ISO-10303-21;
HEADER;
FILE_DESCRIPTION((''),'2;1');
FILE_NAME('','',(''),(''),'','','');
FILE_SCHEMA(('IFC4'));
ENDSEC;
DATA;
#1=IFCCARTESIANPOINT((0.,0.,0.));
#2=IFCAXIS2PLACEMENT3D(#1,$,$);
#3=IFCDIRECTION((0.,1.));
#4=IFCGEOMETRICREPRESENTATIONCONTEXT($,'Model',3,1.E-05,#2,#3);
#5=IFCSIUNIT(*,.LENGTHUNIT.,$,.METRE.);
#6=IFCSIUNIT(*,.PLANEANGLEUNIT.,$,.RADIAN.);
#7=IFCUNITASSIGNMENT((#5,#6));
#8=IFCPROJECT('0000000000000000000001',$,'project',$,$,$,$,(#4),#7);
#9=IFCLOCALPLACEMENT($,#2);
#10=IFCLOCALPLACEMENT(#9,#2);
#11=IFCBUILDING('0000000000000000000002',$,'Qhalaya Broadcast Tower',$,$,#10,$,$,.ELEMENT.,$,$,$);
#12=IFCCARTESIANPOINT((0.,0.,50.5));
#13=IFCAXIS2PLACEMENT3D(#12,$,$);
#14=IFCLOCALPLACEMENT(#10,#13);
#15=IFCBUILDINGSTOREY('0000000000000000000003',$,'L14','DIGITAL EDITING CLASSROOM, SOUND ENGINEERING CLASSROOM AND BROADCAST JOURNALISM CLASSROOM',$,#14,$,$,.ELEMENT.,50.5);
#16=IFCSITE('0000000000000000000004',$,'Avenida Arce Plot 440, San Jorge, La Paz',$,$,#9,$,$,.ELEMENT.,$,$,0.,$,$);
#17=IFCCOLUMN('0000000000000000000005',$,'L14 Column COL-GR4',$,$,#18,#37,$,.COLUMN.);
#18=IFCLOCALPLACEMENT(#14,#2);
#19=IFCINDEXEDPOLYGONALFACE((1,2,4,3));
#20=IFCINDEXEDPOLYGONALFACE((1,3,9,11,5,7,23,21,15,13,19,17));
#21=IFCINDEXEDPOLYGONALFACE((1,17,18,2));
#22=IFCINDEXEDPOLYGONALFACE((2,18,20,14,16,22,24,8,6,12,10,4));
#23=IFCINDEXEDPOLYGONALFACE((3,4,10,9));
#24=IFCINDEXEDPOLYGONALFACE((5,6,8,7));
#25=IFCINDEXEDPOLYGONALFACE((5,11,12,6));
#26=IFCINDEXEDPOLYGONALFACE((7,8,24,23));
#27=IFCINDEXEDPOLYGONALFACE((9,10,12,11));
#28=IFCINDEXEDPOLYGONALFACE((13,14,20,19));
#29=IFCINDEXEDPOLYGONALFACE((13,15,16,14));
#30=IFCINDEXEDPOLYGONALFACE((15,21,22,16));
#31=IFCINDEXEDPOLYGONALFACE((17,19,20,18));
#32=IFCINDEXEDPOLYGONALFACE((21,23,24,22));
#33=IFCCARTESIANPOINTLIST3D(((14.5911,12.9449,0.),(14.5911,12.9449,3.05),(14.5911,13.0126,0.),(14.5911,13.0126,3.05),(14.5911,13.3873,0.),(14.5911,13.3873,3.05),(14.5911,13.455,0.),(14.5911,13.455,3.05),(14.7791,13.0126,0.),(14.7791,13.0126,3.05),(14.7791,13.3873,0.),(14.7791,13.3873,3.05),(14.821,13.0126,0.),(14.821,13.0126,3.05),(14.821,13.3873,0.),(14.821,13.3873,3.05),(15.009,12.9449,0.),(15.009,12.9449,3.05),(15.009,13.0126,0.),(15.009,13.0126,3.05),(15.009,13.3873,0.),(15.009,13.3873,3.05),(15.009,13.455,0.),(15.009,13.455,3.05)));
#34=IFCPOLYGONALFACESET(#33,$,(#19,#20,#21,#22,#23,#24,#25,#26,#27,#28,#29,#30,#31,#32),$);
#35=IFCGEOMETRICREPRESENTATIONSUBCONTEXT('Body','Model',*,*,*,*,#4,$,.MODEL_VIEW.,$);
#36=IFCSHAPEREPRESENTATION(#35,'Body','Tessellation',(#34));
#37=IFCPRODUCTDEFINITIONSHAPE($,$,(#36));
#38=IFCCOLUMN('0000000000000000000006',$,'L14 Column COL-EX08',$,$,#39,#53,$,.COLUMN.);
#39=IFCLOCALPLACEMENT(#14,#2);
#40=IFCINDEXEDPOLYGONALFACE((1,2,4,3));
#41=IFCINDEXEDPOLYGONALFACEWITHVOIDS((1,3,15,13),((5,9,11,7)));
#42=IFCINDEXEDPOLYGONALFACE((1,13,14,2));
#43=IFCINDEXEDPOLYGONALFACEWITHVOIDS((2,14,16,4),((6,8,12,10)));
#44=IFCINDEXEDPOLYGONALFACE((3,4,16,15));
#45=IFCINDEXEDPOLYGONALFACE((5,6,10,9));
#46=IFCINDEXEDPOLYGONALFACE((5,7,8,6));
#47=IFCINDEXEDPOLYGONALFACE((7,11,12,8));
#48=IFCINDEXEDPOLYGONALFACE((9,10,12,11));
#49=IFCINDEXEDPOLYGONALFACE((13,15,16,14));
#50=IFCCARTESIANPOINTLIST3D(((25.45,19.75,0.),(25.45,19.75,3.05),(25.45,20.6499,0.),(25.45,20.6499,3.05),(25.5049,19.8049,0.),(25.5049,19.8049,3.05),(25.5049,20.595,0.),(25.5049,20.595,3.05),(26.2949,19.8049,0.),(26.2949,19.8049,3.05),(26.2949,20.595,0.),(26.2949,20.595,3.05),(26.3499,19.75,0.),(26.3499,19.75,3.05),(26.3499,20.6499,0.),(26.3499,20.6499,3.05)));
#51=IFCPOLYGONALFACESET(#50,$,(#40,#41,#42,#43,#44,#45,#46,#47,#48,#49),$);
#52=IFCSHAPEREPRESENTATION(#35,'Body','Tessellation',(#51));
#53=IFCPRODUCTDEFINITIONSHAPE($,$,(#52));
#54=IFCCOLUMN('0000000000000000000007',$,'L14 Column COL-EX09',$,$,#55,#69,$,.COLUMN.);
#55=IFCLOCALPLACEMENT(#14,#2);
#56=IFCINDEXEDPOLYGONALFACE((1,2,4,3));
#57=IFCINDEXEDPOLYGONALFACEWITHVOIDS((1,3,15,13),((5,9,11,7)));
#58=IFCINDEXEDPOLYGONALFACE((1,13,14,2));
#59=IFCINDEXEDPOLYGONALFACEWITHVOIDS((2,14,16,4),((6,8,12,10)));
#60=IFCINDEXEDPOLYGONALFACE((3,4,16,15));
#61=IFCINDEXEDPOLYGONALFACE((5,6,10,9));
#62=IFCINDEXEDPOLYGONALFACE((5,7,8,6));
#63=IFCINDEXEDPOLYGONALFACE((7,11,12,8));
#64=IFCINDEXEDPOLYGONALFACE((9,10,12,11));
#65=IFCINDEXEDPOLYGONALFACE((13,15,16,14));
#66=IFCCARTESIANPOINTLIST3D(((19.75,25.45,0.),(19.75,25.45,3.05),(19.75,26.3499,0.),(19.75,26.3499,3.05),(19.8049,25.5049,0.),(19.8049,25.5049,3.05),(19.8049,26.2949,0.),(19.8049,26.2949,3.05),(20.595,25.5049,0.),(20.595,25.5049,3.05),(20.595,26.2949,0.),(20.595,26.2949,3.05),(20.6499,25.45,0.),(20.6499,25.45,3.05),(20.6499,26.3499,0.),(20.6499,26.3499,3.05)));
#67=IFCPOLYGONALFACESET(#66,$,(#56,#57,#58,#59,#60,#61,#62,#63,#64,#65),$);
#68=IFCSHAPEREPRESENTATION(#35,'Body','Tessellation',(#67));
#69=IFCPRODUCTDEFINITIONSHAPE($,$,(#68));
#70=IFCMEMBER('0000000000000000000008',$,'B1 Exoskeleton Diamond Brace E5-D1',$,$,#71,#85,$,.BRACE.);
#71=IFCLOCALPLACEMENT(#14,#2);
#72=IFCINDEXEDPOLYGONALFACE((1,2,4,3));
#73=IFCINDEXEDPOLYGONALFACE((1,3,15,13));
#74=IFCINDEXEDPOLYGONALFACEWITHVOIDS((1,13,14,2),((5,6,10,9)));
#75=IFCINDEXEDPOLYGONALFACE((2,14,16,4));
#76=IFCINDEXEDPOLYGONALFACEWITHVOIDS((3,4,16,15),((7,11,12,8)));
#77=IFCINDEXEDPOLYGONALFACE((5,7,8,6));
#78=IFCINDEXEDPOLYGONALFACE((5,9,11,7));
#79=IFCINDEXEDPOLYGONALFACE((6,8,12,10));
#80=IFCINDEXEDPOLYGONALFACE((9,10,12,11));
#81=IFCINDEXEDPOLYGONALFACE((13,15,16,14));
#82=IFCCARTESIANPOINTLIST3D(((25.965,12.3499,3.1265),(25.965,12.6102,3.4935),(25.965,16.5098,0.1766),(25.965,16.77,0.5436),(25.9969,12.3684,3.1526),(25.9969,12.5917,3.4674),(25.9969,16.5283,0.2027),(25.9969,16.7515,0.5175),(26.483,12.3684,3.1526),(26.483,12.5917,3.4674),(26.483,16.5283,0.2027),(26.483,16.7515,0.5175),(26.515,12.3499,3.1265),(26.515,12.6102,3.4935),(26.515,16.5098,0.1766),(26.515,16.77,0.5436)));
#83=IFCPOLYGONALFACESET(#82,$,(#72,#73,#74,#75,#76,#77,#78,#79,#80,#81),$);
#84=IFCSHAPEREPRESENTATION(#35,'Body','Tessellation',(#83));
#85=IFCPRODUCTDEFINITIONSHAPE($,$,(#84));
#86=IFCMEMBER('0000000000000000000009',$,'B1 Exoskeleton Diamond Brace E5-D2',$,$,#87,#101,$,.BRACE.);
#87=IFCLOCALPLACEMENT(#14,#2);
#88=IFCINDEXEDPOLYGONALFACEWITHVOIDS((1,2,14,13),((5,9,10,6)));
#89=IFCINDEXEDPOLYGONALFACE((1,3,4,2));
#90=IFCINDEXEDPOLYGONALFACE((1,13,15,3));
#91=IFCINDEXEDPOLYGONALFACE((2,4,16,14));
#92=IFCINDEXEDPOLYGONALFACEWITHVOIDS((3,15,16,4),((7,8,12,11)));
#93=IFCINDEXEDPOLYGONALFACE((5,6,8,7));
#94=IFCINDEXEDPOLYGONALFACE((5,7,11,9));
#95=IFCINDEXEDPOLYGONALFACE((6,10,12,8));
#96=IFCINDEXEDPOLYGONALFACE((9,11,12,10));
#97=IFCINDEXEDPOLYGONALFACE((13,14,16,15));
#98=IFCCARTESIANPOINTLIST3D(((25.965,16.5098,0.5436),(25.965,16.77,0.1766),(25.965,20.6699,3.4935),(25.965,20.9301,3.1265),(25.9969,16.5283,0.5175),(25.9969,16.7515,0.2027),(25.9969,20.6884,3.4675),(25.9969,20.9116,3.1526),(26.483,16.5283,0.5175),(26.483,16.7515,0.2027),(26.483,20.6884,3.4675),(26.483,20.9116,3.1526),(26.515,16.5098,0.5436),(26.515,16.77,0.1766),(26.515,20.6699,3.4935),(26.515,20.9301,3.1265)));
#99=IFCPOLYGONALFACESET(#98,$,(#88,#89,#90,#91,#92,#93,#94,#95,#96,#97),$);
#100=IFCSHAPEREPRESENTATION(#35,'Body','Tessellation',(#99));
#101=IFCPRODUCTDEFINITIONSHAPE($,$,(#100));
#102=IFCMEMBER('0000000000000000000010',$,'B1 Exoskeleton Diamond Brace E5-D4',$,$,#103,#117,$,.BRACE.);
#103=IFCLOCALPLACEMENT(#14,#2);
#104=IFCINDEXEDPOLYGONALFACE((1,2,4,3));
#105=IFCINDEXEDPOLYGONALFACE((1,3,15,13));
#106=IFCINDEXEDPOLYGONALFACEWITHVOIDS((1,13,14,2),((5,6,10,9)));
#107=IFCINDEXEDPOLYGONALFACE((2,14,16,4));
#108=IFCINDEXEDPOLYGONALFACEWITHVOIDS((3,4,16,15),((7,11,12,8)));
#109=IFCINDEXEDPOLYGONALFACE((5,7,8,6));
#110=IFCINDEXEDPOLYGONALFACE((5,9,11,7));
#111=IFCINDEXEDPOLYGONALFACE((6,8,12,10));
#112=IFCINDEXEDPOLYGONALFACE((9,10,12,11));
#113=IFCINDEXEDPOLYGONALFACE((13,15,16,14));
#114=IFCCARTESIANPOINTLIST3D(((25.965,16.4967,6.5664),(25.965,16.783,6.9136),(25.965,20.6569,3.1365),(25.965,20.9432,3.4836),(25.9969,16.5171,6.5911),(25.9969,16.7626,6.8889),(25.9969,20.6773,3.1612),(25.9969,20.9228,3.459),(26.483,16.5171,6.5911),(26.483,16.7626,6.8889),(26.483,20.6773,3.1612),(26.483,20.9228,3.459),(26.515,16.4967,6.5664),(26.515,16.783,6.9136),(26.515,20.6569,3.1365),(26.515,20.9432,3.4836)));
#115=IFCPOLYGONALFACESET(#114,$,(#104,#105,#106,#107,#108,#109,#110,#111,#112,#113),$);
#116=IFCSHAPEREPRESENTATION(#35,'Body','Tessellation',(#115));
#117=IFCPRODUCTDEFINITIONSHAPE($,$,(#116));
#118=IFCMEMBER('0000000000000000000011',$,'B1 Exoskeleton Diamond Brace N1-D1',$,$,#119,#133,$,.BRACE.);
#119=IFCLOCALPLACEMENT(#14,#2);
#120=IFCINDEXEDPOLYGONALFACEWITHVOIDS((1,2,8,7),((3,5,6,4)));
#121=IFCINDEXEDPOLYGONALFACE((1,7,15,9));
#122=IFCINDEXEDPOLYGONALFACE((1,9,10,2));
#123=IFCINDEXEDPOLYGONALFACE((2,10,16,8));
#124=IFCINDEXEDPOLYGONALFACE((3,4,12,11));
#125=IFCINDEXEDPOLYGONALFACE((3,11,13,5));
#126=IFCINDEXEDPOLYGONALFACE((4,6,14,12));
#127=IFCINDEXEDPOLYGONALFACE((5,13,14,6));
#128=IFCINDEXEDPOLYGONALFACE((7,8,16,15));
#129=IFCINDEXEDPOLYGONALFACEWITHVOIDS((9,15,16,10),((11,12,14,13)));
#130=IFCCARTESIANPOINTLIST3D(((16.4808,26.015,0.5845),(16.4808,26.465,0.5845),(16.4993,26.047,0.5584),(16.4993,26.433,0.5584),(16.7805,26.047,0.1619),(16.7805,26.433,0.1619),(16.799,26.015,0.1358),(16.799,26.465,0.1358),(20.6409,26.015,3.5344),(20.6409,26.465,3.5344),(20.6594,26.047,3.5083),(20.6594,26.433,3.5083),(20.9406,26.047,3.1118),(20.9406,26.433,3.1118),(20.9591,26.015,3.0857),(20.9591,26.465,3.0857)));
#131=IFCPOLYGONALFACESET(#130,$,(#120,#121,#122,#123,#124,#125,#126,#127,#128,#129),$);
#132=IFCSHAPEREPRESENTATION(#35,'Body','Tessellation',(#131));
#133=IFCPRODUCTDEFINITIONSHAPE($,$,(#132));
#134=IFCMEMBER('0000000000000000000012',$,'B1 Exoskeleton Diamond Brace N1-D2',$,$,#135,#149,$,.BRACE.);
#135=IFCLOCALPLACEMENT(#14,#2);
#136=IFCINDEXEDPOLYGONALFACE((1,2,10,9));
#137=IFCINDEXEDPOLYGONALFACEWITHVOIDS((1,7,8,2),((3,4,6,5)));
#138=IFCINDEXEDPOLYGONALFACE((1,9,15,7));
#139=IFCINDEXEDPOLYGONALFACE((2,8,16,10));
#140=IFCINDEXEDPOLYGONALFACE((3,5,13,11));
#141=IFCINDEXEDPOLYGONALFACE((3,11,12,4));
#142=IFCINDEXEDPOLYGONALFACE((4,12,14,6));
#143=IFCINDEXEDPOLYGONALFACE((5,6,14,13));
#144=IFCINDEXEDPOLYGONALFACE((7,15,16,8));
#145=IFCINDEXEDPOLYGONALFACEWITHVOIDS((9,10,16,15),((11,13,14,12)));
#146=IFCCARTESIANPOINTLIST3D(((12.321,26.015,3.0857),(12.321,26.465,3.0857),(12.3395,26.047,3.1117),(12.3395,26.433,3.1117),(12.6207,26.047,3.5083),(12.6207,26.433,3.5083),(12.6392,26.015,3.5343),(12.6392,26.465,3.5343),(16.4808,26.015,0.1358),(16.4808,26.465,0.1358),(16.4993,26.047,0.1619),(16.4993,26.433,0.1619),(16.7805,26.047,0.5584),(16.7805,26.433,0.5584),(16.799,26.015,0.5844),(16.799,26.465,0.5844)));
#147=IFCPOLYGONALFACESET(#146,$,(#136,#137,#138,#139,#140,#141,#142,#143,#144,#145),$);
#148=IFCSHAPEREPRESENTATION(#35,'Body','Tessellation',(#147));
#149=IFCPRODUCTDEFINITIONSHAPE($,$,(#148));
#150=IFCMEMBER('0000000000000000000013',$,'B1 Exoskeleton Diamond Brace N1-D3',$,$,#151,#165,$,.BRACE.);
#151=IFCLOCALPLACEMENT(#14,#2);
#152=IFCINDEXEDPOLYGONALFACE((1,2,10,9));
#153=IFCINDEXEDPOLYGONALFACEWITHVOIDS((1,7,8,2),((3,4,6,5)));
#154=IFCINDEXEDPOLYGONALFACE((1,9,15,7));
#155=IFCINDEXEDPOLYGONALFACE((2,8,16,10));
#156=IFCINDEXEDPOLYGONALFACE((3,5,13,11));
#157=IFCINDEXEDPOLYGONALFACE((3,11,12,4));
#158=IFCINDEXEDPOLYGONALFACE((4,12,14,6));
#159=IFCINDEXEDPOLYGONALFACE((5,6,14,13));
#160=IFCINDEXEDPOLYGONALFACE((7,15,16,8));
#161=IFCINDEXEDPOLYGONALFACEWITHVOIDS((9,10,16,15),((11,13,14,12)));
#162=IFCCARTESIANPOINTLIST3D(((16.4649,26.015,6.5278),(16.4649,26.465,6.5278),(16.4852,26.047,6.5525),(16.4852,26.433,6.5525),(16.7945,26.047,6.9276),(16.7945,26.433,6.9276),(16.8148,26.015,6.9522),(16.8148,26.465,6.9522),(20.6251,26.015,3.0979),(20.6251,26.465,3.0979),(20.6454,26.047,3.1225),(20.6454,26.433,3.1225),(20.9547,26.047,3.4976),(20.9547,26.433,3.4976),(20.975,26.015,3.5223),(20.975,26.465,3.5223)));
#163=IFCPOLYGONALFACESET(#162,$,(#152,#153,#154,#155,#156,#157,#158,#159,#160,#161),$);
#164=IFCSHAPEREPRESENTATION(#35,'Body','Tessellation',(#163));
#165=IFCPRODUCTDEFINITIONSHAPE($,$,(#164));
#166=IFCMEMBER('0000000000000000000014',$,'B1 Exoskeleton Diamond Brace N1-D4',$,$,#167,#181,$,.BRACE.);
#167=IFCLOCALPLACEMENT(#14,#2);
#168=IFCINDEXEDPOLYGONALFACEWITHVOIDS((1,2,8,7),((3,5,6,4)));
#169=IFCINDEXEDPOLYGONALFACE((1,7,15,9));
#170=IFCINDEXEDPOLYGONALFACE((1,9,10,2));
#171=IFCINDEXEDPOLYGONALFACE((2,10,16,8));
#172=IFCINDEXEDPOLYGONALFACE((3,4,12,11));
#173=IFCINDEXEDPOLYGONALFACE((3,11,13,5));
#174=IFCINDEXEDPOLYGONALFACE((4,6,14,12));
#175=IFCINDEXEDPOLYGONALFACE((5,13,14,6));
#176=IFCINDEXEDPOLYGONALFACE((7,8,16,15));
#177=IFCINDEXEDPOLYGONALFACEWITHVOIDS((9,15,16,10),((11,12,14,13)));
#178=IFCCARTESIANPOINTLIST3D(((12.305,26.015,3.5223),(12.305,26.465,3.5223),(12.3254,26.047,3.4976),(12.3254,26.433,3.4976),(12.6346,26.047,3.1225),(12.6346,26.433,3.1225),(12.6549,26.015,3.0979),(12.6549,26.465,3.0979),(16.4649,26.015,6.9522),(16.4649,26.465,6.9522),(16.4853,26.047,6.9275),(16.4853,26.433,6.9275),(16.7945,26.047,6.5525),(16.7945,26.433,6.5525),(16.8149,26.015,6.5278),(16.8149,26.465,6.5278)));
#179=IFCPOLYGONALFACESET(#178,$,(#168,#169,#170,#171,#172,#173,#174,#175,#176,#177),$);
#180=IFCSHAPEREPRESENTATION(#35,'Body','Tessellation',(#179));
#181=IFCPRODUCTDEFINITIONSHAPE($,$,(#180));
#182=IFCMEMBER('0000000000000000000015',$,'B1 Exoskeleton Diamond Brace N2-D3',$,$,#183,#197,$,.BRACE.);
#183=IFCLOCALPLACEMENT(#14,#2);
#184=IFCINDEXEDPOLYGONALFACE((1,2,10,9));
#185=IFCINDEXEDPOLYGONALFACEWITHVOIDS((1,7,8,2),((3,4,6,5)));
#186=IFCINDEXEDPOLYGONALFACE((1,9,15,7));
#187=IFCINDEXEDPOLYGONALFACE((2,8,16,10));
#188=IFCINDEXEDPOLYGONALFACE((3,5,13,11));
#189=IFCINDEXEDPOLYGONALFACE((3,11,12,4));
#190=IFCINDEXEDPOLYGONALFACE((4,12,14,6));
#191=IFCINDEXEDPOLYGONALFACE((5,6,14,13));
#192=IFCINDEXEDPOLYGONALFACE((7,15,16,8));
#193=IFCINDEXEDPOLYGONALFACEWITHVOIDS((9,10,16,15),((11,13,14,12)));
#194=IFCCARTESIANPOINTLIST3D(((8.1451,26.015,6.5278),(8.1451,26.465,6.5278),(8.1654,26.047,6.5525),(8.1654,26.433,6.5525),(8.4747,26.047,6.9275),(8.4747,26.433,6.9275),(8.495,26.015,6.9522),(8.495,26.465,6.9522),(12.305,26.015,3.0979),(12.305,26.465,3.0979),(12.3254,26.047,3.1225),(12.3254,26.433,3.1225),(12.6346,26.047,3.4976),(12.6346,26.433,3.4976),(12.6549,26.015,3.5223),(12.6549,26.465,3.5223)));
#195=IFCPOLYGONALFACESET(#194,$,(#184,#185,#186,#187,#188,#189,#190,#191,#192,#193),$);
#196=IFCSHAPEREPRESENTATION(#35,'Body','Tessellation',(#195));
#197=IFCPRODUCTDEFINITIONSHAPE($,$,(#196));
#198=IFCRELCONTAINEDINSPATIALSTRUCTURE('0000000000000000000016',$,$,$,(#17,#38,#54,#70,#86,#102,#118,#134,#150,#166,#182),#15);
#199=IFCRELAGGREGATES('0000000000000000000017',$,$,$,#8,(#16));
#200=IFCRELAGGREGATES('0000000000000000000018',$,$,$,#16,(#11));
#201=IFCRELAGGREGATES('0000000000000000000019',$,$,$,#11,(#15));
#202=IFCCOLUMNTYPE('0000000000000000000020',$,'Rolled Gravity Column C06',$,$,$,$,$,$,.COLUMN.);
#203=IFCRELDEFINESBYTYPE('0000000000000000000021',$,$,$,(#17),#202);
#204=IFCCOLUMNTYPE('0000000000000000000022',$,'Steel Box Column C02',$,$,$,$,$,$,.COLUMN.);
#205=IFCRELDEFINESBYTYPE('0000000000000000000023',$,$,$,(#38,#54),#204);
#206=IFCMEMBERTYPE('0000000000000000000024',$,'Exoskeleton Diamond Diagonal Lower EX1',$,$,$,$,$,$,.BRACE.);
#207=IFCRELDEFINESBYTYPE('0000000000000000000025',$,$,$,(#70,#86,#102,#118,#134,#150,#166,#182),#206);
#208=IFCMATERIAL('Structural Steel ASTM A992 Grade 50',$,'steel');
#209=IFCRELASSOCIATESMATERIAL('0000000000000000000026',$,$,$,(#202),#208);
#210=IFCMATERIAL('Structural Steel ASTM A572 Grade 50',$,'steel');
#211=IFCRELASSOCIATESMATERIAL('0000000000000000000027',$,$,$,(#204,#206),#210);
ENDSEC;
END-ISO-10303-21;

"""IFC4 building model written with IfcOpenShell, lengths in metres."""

from ifc_helpers import new_model, si_unit, direction, frame, origin, origin_2d, place, context, subcontext, project, spatial, hollow_rectangle, i_section, extrude, material, material_profile, profile_set, type_object, element, save


model = new_model("IFC4")

# Units and contexts
model_context = context("Model", 3, precision=1e-05, world=origin(), true_north=direction((0.0, 1.0)))
body_context = subcontext(model_context, "Body", "Model", "MODEL_VIEW")
ifc_project = project(units=[si_unit("LENGTHUNIT", "METRE"), si_unit("PLANEANGLEUNIT", "RADIAN")], contexts=[model_context])

# Site, building, storey
site_placement = place(None, origin())
site = spatial("IfcSite", under=ifc_project, at=site_placement, Name="Avenida Arce Plot 440, San Jorge, La Paz", CompositionType="ELEMENT", RefElevation=0.0)
building_placement = place(site_placement, origin())
building = spatial("IfcBuilding", under=site, at=building_placement, Name="Qhalaya Broadcast Tower", CompositionType="ELEMENT")
storey_placement = place(building_placement, frame((0.0, 0.0, 50.5)))
storey = spatial("IfcBuildingStorey", under=building, at=storey_placement, Name="L14", Description="DIGITAL EDITING CLASSROOM, SOUND ENGINEERING CLASSROOM AND BROADCAST JOURNALISM CLASSROOM", CompositionType="ELEMENT", Elevation=50.5)

# Columns
ifc_material_1 = material(Name="Structural Steel ASTM A992 Grade 50", Category="steel")
ifc_material_profile_1 = material_profile(ifc_material_1, i_section(OverallWidth=0.418, OverallDepth=0.51, WebThickness=0.042, FlangeThickness=0.0676, at=origin_2d()), Name="W14X370")
ifc_profile_set_1 = profile_set([ifc_material_profile_1], Name="Structural Steel ASTM A992 Grade 50")
column_type_1 = type_object("IfcColumnType", Name="Rolled Gravity Column C06", PredefinedType="COLUMN", material=ifc_profile_set_1)
column_placement = place(storey_placement, frame((14.8, 13.2, 0.0), z_axis=(0.0, 0.0, 1.0), x_axis=(1.0, 0.0, 0.0)))
element("IfcColumn", 1, at=column_placement, inside=storey, type_object=column_type_1, Name="L14 Column COL-GR4", PredefinedType="COLUMN", context=body_context, shape_type="SweptSolid", body=[
    extrude(i_section(OverallWidth=0.418, OverallDepth=0.51, WebThickness=0.042, FlangeThickness=0.0676, at=origin_2d()), origin(), (0.0, 0.0, 1.0), 3.05),
])
ifc_material_2 = material(Name="Structural Steel ASTM A572 Grade 50", Category="steel")
ifc_material_profile_2 = material_profile(ifc_material_2, hollow_rectangle(XDim=0.8999, YDim=0.8999, WallThickness=0.0549, at=origin_2d()), Name="BOX 900x900x55")
ifc_profile_set_2 = profile_set([ifc_material_profile_2], Name="Structural Steel ASTM A572 Grade 50")
column_type_2 = type_object("IfcColumnType", Name="Steel Box Column C02", PredefinedType="COLUMN", material=ifc_profile_set_2)
for number, where, z_axis, x_axis, name in (
    (2, (25.8999, 20.2, 0.0), (0.0, 0.0, 1.0), (0.0, 1.0, 0.0), "L14 Column COL-EX08"),
    (3, (20.2, 25.8999, 0.0), (0.0, 0.0, 1.0), (1.0, 0.0, 0.0), "L14 Column COL-EX09"),
):
    element("IfcColumn", number, at=place(storey_placement, frame(where, z_axis=z_axis, x_axis=x_axis)), inside=storey, type_object=column_type_2, Name=name, PredefinedType="COLUMN", context=body_context, shape_type="SweptSolid", body=[
        extrude(hollow_rectangle(XDim=0.8999, YDim=0.8999, WallThickness=0.0549, at=origin_2d()), origin(), (0.0, 0.0, 1.0), 3.05),
    ])

# Members
ifc_material_profile_3 = material_profile(ifc_material_2, hollow_rectangle(XDim=0.45, YDim=0.55, WallThickness=0.032, at=origin_2d()), Name="BOX 450x550x32")
ifc_profile_set_3 = profile_set([ifc_material_profile_3], Name="Structural Steel ASTM A572 Grade 50")
member_type = type_object("IfcMemberType", Name="Exoskeleton Diamond Diagonal Lower EX1", PredefinedType="BRACE", material=ifc_profile_set_3)
member_1_placement = place(storey_placement, frame((26.24, 16.6399, 0.3601), z_axis=(0.0, -0.815715, 0.578454), x_axis=(0.0, 0.578454, 0.815715)))
element("IfcMember", 4, at=member_1_placement, inside=storey, type_object=member_type, Name="B1 Exoskeleton Diamond Brace E5-D1", PredefinedType="BRACE", context=body_context, shape_type="SweptSolid", body=[
    extrude(hollow_rectangle(XDim=0.45, YDim=0.55, WallThickness=0.032, at=origin_2d()), origin(), (0.0, 0.0, 1.0), 5.0996),
])
member_2_placement = place(storey_placement, frame((26.24, 16.6399, 0.3601), z_axis=(0.0, 0.815731, 0.578432), x_axis=(0.0, -0.578432, 0.815731)))
element("IfcMember", 5, at=member_2_placement, inside=storey, type_object=member_type, Name="B1 Exoskeleton Diamond Brace E5-D2", PredefinedType="BRACE", context=body_context, shape_type="SweptSolid", body=[
    extrude(hollow_rectangle(XDim=0.45, YDim=0.55, WallThickness=0.032, at=origin_2d()), origin(), (0.0, 0.0, 1.0), 5.0999),
])
member_3_placement = place(storey_placement, frame((26.24, 20.8, 3.3101), z_axis=(0.0, -0.771573, 0.63614), x_axis=(0.0, 0.63614, 0.771573)))
element("IfcMember", 6, at=member_3_placement, inside=storey, type_object=member_type, Name="B1 Exoskeleton Diamond Brace E5-D4", PredefinedType="BRACE", context=body_context, shape_type="SweptSolid", body=[
    extrude(hollow_rectangle(XDim=0.45, YDim=0.55, WallThickness=0.032, at=origin_2d()), origin(), (0.0, 0.0, 1.0), 5.3918),
])
member_4_placement = place(storey_placement, frame((16.6399, 26.24, 0.3601), z_axis=(0.815731, 0.0, 0.578432), x_axis=(0.0, 1.0, 0.0)))
element("IfcMember", 7, at=member_4_placement, inside=storey, type_object=member_type, Name="B1 Exoskeleton Diamond Brace N1-D1", PredefinedType="BRACE", context=body_context, shape_type="SweptSolid", body=[
    extrude(hollow_rectangle(XDim=0.45, YDim=0.55, WallThickness=0.032, at=origin_2d()), origin(), (0.0, 0.0, 1.0), 5.0999),
])
member_5_placement = place(storey_placement, frame((16.6399, 26.24, 0.3601), z_axis=(-0.815715, 0.0, 0.578454), x_axis=(0.0, -1.0, 0.0)))
element("IfcMember", 8, at=member_5_placement, inside=storey, type_object=member_type, Name="B1 Exoskeleton Diamond Brace N1-D2", PredefinedType="BRACE", context=body_context, shape_type="SweptSolid", body=[
    extrude(hollow_rectangle(XDim=0.45, YDim=0.55, WallThickness=0.032, at=origin_2d()), origin(), (0.0, 0.0, 1.0), 5.0996),
])
member_6_placement = place(storey_placement, frame((20.8, 26.24, 3.3101), z_axis=(-0.771573, 0.0, 0.63614), x_axis=(0.0, -1.0, 0.0)))
element("IfcMember", 9, at=member_6_placement, inside=storey, type_object=member_type, Name="B1 Exoskeleton Diamond Brace N1-D3", PredefinedType="BRACE", context=body_context, shape_type="SweptSolid", body=[
    extrude(hollow_rectangle(XDim=0.45, YDim=0.55, WallThickness=0.032, at=origin_2d()), origin(), (0.0, 0.0, 1.0), 5.3918),
])
for number, where, z_axis, x_axis, name in (
    (10, (12.48, 26.24, 3.3101), (0.771555, 0.0, 0.636163), (0.0, 1.0, 0.0), "B1 Exoskeleton Diamond Brace N1-D4"),
    (11, (12.48, 26.24, 3.3101), (-0.771555, 0.0, 0.636163), (0.0, -1.0, 0.0), "B1 Exoskeleton Diamond Brace N2-D3"),
):
    element("IfcMember", number, at=place(storey_placement, frame(where, z_axis=z_axis, x_axis=x_axis)), inside=storey, type_object=member_type, Name=name, PredefinedType="BRACE", context=body_context, shape_type="SweptSolid", body=[
        extrude(hollow_rectangle(XDim=0.45, YDim=0.55, WallThickness=0.032, at=origin_2d()), origin(), (0.0, 0.0, 1.0), 5.3916),
    ])

save(model, "model.ifc")
